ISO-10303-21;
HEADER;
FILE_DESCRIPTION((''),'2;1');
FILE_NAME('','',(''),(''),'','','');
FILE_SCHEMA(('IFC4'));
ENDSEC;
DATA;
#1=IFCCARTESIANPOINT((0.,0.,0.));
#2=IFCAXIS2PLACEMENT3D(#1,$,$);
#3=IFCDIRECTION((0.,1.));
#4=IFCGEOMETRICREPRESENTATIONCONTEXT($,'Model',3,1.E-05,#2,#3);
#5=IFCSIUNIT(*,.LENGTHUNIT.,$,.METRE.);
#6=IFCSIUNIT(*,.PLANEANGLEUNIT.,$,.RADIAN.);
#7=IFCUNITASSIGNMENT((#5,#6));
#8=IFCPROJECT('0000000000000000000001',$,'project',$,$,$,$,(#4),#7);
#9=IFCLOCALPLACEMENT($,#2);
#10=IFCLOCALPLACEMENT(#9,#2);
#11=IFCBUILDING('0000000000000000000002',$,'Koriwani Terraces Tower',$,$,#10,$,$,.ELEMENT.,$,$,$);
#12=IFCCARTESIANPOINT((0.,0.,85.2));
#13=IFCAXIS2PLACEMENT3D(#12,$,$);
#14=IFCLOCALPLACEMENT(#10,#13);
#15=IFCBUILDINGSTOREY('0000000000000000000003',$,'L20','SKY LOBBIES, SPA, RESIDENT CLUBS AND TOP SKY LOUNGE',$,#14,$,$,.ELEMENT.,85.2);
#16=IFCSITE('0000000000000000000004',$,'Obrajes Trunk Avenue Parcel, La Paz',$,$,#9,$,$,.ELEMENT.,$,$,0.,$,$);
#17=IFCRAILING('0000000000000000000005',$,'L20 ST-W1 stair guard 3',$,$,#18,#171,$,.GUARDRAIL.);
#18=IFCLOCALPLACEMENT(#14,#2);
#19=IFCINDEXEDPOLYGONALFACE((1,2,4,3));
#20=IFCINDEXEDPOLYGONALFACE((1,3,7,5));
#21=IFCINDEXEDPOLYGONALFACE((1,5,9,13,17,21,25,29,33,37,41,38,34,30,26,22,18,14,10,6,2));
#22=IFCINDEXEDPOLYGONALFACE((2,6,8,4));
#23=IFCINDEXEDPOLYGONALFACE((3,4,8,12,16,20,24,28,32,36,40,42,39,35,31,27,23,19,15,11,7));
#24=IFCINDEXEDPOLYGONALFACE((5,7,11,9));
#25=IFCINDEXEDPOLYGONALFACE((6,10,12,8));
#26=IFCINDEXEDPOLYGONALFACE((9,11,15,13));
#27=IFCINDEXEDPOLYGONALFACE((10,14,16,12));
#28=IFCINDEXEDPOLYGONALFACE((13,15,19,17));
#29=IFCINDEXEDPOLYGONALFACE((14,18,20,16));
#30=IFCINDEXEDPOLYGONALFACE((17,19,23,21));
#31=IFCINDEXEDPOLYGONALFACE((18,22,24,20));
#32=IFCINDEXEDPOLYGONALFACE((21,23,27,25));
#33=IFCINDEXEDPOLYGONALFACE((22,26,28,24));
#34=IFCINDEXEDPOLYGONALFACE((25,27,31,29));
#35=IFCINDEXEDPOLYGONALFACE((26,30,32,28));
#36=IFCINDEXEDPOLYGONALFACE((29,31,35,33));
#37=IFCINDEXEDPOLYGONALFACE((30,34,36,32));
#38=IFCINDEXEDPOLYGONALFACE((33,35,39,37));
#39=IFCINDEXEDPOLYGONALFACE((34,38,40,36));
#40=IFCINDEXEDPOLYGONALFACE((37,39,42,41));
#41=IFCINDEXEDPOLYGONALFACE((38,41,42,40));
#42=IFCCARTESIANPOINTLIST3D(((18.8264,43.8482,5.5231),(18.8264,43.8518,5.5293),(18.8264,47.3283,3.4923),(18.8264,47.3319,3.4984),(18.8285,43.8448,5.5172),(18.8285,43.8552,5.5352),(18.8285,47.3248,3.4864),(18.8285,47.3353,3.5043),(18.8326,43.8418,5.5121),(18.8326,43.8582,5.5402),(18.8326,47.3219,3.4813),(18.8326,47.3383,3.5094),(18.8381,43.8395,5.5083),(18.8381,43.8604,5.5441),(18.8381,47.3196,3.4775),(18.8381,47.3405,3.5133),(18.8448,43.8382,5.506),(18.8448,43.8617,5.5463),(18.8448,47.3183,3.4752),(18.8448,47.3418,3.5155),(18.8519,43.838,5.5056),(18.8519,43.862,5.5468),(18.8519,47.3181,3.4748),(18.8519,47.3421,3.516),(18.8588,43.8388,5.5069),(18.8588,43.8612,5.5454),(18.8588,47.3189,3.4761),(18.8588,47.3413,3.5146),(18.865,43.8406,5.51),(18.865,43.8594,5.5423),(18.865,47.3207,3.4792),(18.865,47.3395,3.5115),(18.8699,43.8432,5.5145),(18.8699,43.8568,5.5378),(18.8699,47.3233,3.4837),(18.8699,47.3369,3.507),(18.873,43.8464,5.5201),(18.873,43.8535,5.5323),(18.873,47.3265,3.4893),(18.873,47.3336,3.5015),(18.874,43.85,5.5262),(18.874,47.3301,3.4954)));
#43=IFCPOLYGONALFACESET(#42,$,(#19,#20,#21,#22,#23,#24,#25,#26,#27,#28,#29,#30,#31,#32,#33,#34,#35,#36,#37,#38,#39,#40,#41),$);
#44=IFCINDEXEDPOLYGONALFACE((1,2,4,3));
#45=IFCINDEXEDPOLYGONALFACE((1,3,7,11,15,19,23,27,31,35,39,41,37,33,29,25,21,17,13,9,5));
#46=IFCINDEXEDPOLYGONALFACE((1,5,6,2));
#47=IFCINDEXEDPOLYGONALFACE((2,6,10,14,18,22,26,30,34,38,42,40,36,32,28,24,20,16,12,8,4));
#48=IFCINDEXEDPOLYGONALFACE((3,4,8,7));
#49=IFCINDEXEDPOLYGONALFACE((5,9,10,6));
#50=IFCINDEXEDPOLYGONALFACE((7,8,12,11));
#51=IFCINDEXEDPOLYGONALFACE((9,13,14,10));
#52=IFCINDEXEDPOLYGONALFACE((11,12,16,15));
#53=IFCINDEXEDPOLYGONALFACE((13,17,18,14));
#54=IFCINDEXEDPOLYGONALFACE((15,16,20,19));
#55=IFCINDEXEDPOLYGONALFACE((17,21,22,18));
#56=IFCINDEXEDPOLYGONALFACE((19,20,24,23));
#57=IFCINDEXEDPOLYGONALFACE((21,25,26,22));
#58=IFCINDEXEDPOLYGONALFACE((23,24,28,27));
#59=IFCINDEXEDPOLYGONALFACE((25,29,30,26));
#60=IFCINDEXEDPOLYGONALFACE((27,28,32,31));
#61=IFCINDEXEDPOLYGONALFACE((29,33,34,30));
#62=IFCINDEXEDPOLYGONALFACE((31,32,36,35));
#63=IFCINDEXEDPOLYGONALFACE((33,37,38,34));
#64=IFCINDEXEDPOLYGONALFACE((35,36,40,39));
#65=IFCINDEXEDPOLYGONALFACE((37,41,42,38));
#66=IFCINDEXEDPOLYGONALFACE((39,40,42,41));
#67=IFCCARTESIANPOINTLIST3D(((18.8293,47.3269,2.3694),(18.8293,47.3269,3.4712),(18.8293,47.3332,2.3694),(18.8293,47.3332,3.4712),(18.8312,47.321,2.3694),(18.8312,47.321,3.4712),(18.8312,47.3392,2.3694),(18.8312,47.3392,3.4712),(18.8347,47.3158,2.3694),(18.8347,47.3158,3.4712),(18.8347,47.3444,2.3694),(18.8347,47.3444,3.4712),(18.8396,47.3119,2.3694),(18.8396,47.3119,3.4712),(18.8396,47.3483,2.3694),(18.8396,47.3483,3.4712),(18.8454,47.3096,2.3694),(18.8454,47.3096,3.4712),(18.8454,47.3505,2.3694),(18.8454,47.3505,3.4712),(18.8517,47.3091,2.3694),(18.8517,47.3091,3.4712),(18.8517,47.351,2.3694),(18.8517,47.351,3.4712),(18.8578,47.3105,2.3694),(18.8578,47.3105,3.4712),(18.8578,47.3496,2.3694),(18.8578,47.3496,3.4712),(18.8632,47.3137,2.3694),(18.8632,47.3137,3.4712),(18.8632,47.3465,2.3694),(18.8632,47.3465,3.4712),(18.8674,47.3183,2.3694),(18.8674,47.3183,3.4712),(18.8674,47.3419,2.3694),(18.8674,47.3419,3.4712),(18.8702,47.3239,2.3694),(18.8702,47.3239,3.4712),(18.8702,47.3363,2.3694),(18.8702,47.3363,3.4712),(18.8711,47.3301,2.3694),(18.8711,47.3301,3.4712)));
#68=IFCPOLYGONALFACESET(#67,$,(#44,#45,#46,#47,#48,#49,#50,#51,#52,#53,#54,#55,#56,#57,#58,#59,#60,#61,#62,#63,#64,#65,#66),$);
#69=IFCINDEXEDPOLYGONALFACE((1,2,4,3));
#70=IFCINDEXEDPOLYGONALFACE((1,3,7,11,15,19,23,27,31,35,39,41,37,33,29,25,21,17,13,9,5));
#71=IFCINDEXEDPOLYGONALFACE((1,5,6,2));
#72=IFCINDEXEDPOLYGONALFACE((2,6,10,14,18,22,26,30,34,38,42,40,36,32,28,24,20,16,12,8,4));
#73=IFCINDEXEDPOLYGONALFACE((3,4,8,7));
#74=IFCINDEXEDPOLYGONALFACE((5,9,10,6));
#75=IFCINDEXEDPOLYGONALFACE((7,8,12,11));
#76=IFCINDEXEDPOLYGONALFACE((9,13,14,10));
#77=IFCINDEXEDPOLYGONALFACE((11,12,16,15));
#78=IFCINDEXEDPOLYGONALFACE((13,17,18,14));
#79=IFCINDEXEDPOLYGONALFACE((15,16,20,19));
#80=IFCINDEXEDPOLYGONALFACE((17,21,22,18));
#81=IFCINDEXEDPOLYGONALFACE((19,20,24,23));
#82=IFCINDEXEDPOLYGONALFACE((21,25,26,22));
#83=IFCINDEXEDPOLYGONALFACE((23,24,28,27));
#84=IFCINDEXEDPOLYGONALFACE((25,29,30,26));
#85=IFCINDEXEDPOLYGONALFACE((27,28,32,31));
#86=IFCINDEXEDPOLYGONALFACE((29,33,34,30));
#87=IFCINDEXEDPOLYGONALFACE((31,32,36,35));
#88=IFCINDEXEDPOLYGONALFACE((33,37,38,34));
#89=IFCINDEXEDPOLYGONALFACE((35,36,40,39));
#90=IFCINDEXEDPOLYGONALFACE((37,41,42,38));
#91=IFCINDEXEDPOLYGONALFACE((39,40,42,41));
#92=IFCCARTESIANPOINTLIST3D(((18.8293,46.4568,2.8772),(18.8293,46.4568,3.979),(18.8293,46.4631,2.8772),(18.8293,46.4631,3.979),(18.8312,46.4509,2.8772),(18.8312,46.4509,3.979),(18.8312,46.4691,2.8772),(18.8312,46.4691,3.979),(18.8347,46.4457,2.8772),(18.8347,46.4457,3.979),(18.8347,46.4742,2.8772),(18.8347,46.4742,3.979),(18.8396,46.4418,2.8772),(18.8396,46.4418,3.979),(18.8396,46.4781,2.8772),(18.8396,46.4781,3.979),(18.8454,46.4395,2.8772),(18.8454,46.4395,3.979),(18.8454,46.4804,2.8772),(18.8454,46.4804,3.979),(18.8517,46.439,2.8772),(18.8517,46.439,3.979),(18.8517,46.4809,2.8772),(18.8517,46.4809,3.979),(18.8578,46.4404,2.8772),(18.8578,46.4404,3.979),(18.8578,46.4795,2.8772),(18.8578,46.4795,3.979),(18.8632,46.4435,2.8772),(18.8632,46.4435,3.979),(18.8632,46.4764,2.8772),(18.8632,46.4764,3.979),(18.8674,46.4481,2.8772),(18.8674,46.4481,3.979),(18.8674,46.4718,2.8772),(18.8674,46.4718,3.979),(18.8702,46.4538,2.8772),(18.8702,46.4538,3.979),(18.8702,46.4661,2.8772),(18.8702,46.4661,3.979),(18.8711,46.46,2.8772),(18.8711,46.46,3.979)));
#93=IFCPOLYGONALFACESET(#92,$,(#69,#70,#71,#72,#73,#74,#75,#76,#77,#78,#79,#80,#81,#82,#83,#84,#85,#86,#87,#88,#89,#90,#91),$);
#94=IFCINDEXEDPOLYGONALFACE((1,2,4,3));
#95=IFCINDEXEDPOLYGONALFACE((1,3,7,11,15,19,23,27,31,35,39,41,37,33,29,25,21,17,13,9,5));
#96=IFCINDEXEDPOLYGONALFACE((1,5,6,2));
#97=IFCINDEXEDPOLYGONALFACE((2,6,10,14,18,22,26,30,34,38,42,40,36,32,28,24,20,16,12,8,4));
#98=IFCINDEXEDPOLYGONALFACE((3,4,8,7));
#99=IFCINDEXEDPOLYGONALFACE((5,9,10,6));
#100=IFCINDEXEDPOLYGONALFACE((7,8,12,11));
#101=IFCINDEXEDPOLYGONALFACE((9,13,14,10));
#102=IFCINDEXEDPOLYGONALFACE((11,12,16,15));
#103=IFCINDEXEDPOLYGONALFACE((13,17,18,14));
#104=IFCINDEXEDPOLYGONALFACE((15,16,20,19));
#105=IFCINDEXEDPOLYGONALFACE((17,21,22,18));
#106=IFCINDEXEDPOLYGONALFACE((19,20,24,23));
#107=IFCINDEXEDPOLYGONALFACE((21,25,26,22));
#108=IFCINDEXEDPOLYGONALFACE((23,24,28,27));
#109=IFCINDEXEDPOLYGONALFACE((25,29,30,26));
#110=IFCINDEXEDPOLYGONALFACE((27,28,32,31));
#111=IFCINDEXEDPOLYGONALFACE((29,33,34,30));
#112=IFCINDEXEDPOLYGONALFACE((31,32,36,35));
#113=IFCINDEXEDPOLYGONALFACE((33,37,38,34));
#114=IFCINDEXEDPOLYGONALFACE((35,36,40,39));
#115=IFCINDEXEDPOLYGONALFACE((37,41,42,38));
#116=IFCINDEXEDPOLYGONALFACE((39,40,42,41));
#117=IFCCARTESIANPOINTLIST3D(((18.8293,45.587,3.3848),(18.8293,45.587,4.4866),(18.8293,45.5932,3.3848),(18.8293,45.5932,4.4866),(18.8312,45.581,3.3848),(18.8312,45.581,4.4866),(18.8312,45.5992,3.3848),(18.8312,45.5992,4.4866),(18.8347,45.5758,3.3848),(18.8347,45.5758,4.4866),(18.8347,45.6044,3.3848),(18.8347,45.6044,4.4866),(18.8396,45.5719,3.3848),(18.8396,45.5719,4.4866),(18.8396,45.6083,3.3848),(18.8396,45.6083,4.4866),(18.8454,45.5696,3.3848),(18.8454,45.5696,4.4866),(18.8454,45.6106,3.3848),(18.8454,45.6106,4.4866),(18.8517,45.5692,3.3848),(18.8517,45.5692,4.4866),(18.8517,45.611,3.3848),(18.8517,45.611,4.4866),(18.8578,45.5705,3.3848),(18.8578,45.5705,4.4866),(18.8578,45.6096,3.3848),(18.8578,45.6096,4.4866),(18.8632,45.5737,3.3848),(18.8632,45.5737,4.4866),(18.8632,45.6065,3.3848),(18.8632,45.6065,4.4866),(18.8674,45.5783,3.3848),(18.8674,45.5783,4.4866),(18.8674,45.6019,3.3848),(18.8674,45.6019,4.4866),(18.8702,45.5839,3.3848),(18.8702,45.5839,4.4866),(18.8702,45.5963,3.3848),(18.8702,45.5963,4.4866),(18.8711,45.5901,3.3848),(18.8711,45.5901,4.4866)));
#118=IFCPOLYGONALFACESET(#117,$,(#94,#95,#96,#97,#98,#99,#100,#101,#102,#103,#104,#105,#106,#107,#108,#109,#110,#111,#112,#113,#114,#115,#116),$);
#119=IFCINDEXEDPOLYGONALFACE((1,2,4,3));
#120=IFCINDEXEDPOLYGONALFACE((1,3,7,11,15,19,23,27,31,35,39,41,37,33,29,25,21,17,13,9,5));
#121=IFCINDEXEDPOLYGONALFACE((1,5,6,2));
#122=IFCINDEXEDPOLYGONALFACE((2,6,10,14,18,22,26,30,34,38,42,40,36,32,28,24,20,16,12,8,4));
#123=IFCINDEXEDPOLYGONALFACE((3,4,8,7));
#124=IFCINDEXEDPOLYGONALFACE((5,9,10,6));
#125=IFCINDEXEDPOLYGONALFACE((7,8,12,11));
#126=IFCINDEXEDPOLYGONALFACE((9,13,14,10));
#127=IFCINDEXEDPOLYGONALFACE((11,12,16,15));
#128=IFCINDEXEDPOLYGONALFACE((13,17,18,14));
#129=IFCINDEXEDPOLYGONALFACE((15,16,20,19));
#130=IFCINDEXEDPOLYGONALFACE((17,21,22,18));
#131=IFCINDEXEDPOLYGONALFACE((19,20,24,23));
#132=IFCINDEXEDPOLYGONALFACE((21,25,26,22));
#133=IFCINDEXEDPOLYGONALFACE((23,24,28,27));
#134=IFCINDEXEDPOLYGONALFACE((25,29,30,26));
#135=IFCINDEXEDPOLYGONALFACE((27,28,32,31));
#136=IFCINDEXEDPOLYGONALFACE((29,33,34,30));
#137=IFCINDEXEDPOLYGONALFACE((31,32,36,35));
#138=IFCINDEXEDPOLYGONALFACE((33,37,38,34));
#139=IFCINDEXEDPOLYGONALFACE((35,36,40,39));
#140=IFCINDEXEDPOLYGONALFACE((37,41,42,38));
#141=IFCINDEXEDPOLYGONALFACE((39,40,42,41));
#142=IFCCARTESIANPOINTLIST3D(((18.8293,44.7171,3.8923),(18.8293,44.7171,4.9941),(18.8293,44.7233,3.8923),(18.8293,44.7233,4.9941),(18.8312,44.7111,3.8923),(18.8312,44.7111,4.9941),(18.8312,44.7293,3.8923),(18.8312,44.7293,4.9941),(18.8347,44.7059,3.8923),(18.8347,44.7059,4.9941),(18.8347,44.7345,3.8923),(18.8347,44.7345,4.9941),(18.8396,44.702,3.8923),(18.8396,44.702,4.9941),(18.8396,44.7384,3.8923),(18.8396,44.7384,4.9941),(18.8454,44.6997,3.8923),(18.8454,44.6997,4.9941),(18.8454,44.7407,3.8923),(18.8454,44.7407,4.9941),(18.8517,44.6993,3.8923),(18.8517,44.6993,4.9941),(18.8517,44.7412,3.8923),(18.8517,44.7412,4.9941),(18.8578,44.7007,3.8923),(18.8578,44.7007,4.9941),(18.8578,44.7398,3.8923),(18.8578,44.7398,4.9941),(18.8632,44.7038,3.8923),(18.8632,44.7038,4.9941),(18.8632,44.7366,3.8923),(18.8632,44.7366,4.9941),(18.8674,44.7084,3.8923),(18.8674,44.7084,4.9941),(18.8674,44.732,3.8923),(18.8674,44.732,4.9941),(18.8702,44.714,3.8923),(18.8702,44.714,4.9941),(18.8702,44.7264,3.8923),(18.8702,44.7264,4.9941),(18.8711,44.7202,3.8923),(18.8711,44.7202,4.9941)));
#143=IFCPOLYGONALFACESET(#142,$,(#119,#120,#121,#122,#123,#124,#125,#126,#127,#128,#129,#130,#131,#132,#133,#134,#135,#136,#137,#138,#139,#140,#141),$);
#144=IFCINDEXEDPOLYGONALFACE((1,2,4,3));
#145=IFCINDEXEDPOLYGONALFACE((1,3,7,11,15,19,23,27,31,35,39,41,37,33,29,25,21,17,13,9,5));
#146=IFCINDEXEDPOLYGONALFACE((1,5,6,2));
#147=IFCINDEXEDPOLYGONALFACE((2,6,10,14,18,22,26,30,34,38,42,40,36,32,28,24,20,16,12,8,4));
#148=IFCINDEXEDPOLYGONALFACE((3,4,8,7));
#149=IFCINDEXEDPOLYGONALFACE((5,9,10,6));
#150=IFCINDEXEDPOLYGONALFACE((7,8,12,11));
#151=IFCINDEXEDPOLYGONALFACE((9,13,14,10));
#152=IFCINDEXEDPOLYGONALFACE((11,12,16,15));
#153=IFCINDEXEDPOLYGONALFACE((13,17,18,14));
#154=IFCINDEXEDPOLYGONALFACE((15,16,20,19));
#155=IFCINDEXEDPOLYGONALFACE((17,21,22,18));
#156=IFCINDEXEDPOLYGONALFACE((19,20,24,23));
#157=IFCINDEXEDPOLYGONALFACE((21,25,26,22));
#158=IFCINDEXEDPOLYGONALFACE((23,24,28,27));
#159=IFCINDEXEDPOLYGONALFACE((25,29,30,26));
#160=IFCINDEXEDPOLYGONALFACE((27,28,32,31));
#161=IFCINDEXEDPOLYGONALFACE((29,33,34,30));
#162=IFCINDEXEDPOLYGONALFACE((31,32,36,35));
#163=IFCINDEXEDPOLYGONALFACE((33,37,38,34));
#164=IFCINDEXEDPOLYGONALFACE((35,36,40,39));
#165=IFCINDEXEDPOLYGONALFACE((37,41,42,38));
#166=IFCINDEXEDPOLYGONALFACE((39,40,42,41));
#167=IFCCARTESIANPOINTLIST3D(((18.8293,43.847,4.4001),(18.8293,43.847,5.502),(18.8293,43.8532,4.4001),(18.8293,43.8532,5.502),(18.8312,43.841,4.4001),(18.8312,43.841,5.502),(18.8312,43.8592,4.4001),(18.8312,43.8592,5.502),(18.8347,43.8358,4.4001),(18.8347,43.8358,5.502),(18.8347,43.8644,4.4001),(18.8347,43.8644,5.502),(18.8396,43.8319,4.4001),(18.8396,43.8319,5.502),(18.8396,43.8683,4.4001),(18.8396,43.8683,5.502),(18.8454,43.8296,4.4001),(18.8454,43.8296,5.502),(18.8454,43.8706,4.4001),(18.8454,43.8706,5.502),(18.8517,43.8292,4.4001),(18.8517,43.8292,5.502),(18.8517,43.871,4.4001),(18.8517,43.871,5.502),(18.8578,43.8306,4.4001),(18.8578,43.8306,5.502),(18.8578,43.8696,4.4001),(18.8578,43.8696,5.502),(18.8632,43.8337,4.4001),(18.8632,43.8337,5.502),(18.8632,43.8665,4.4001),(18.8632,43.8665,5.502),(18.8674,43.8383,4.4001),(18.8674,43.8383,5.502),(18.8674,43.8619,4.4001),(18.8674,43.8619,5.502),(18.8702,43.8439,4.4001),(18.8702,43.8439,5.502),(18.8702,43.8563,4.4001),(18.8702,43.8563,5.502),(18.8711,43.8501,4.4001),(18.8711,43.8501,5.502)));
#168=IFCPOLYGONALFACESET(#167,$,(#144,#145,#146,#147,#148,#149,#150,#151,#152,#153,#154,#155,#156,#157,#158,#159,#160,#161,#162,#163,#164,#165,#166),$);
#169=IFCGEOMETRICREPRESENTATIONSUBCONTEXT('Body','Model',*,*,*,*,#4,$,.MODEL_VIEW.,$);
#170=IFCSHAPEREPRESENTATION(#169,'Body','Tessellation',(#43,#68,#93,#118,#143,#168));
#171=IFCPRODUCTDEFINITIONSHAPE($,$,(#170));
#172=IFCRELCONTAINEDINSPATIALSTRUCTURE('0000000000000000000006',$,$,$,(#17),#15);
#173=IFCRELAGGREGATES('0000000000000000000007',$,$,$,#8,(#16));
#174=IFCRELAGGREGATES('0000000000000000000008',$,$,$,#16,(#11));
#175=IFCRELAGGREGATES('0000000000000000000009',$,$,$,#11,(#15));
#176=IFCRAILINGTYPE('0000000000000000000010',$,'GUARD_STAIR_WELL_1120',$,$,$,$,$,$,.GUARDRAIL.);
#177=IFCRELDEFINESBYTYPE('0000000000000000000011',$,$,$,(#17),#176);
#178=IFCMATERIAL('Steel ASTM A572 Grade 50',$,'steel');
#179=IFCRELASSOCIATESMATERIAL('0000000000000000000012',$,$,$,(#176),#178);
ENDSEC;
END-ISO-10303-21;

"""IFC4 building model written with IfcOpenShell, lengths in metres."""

from ifc_helpers import new_model, si_unit, direction, frame, origin, origin_2d, place, context, subcontext, project, spatial, circle, extrude, material, type_object, element, save


model = new_model("IFC4")

# Units and contexts
model_context = context("Model", 3, precision=1e-05, world=origin(), true_north=direction((0.0, 1.0)))
body_context = subcontext(model_context, "Body", "Model", "MODEL_VIEW")
ifc_project = project(units=[si_unit("LENGTHUNIT", "METRE"), si_unit("PLANEANGLEUNIT", "RADIAN")], contexts=[model_context])

# Site, building, storey
site_placement = place(None, origin())
site = spatial("IfcSite", under=ifc_project, at=site_placement, Name="Obrajes Trunk Avenue Parcel, La Paz", CompositionType="ELEMENT", RefElevation=0.0)
building_placement = place(site_placement, origin())
building = spatial("IfcBuilding", under=site, at=building_placement, Name="Koriwani Terraces Tower", CompositionType="ELEMENT")
storey_placement = place(building_placement, frame((0.0, 0.0, 85.2)))
storey = spatial("IfcBuildingStorey", under=building, at=storey_placement, Name="L20", Description="SKY LOBBIES, SPA, RESIDENT CLUBS AND TOP SKY LOUNGE", CompositionType="ELEMENT", Elevation=85.2)

# Shared definitions
ifc_material_1 = material(Name="Steel ASTM A572 Grade 50", Category="steel")

# Railing
railing_type_1 = type_object("IfcRailingType", Name="GUARD_STAIR_WELL_1120", PredefinedType="GUARDRAIL", material=ifc_material_1)
railing_1_placement = place(storey_placement, frame((18.8501, 47.3301, 2.3694)))
element("IfcRailing", 1, at=railing_1_placement, inside=storey, type_object=railing_type_1, Name="L20 ST-W1 stair guard 3", PredefinedType="GUARDRAIL", context=body_context, shape_type="SweptSolid", body=[
    extrude(circle(Radius=0.0239, at=origin_2d()), frame((0.0, 0.0, 1.126), z_axis=(0.0, -0.863695, 0.504014), x_axis=(1.0, 0.0, 0.0)), (0.0, 0.0, 1.0), 4.0293),
    extrude(circle(Radius=0.021, at=origin_2d()), origin(), (0.0, 0.0, 1.0), 1.1018),
    extrude(circle(Radius=0.021, at=origin_2d()), frame((0.0, -0.8701, 0.5078)), (0.0, 0.0, 1.0), 1.1018),
    extrude(circle(Radius=0.021, at=origin_2d()), frame((0.0, -1.74, 1.0154)), (0.0, 0.0, 1.0), 1.1018),
    extrude(circle(Radius=0.021, at=origin_2d()), frame((0.0, -2.6099, 1.5229)), (0.0, 0.0, 1.0), 1.1018),
    extrude(circle(Radius=0.021, at=origin_2d()), frame((0.0, -3.48, 2.0308)), (0.0, 0.0, 1.0), 1.1018),
])

save(model, "model.ifc")
